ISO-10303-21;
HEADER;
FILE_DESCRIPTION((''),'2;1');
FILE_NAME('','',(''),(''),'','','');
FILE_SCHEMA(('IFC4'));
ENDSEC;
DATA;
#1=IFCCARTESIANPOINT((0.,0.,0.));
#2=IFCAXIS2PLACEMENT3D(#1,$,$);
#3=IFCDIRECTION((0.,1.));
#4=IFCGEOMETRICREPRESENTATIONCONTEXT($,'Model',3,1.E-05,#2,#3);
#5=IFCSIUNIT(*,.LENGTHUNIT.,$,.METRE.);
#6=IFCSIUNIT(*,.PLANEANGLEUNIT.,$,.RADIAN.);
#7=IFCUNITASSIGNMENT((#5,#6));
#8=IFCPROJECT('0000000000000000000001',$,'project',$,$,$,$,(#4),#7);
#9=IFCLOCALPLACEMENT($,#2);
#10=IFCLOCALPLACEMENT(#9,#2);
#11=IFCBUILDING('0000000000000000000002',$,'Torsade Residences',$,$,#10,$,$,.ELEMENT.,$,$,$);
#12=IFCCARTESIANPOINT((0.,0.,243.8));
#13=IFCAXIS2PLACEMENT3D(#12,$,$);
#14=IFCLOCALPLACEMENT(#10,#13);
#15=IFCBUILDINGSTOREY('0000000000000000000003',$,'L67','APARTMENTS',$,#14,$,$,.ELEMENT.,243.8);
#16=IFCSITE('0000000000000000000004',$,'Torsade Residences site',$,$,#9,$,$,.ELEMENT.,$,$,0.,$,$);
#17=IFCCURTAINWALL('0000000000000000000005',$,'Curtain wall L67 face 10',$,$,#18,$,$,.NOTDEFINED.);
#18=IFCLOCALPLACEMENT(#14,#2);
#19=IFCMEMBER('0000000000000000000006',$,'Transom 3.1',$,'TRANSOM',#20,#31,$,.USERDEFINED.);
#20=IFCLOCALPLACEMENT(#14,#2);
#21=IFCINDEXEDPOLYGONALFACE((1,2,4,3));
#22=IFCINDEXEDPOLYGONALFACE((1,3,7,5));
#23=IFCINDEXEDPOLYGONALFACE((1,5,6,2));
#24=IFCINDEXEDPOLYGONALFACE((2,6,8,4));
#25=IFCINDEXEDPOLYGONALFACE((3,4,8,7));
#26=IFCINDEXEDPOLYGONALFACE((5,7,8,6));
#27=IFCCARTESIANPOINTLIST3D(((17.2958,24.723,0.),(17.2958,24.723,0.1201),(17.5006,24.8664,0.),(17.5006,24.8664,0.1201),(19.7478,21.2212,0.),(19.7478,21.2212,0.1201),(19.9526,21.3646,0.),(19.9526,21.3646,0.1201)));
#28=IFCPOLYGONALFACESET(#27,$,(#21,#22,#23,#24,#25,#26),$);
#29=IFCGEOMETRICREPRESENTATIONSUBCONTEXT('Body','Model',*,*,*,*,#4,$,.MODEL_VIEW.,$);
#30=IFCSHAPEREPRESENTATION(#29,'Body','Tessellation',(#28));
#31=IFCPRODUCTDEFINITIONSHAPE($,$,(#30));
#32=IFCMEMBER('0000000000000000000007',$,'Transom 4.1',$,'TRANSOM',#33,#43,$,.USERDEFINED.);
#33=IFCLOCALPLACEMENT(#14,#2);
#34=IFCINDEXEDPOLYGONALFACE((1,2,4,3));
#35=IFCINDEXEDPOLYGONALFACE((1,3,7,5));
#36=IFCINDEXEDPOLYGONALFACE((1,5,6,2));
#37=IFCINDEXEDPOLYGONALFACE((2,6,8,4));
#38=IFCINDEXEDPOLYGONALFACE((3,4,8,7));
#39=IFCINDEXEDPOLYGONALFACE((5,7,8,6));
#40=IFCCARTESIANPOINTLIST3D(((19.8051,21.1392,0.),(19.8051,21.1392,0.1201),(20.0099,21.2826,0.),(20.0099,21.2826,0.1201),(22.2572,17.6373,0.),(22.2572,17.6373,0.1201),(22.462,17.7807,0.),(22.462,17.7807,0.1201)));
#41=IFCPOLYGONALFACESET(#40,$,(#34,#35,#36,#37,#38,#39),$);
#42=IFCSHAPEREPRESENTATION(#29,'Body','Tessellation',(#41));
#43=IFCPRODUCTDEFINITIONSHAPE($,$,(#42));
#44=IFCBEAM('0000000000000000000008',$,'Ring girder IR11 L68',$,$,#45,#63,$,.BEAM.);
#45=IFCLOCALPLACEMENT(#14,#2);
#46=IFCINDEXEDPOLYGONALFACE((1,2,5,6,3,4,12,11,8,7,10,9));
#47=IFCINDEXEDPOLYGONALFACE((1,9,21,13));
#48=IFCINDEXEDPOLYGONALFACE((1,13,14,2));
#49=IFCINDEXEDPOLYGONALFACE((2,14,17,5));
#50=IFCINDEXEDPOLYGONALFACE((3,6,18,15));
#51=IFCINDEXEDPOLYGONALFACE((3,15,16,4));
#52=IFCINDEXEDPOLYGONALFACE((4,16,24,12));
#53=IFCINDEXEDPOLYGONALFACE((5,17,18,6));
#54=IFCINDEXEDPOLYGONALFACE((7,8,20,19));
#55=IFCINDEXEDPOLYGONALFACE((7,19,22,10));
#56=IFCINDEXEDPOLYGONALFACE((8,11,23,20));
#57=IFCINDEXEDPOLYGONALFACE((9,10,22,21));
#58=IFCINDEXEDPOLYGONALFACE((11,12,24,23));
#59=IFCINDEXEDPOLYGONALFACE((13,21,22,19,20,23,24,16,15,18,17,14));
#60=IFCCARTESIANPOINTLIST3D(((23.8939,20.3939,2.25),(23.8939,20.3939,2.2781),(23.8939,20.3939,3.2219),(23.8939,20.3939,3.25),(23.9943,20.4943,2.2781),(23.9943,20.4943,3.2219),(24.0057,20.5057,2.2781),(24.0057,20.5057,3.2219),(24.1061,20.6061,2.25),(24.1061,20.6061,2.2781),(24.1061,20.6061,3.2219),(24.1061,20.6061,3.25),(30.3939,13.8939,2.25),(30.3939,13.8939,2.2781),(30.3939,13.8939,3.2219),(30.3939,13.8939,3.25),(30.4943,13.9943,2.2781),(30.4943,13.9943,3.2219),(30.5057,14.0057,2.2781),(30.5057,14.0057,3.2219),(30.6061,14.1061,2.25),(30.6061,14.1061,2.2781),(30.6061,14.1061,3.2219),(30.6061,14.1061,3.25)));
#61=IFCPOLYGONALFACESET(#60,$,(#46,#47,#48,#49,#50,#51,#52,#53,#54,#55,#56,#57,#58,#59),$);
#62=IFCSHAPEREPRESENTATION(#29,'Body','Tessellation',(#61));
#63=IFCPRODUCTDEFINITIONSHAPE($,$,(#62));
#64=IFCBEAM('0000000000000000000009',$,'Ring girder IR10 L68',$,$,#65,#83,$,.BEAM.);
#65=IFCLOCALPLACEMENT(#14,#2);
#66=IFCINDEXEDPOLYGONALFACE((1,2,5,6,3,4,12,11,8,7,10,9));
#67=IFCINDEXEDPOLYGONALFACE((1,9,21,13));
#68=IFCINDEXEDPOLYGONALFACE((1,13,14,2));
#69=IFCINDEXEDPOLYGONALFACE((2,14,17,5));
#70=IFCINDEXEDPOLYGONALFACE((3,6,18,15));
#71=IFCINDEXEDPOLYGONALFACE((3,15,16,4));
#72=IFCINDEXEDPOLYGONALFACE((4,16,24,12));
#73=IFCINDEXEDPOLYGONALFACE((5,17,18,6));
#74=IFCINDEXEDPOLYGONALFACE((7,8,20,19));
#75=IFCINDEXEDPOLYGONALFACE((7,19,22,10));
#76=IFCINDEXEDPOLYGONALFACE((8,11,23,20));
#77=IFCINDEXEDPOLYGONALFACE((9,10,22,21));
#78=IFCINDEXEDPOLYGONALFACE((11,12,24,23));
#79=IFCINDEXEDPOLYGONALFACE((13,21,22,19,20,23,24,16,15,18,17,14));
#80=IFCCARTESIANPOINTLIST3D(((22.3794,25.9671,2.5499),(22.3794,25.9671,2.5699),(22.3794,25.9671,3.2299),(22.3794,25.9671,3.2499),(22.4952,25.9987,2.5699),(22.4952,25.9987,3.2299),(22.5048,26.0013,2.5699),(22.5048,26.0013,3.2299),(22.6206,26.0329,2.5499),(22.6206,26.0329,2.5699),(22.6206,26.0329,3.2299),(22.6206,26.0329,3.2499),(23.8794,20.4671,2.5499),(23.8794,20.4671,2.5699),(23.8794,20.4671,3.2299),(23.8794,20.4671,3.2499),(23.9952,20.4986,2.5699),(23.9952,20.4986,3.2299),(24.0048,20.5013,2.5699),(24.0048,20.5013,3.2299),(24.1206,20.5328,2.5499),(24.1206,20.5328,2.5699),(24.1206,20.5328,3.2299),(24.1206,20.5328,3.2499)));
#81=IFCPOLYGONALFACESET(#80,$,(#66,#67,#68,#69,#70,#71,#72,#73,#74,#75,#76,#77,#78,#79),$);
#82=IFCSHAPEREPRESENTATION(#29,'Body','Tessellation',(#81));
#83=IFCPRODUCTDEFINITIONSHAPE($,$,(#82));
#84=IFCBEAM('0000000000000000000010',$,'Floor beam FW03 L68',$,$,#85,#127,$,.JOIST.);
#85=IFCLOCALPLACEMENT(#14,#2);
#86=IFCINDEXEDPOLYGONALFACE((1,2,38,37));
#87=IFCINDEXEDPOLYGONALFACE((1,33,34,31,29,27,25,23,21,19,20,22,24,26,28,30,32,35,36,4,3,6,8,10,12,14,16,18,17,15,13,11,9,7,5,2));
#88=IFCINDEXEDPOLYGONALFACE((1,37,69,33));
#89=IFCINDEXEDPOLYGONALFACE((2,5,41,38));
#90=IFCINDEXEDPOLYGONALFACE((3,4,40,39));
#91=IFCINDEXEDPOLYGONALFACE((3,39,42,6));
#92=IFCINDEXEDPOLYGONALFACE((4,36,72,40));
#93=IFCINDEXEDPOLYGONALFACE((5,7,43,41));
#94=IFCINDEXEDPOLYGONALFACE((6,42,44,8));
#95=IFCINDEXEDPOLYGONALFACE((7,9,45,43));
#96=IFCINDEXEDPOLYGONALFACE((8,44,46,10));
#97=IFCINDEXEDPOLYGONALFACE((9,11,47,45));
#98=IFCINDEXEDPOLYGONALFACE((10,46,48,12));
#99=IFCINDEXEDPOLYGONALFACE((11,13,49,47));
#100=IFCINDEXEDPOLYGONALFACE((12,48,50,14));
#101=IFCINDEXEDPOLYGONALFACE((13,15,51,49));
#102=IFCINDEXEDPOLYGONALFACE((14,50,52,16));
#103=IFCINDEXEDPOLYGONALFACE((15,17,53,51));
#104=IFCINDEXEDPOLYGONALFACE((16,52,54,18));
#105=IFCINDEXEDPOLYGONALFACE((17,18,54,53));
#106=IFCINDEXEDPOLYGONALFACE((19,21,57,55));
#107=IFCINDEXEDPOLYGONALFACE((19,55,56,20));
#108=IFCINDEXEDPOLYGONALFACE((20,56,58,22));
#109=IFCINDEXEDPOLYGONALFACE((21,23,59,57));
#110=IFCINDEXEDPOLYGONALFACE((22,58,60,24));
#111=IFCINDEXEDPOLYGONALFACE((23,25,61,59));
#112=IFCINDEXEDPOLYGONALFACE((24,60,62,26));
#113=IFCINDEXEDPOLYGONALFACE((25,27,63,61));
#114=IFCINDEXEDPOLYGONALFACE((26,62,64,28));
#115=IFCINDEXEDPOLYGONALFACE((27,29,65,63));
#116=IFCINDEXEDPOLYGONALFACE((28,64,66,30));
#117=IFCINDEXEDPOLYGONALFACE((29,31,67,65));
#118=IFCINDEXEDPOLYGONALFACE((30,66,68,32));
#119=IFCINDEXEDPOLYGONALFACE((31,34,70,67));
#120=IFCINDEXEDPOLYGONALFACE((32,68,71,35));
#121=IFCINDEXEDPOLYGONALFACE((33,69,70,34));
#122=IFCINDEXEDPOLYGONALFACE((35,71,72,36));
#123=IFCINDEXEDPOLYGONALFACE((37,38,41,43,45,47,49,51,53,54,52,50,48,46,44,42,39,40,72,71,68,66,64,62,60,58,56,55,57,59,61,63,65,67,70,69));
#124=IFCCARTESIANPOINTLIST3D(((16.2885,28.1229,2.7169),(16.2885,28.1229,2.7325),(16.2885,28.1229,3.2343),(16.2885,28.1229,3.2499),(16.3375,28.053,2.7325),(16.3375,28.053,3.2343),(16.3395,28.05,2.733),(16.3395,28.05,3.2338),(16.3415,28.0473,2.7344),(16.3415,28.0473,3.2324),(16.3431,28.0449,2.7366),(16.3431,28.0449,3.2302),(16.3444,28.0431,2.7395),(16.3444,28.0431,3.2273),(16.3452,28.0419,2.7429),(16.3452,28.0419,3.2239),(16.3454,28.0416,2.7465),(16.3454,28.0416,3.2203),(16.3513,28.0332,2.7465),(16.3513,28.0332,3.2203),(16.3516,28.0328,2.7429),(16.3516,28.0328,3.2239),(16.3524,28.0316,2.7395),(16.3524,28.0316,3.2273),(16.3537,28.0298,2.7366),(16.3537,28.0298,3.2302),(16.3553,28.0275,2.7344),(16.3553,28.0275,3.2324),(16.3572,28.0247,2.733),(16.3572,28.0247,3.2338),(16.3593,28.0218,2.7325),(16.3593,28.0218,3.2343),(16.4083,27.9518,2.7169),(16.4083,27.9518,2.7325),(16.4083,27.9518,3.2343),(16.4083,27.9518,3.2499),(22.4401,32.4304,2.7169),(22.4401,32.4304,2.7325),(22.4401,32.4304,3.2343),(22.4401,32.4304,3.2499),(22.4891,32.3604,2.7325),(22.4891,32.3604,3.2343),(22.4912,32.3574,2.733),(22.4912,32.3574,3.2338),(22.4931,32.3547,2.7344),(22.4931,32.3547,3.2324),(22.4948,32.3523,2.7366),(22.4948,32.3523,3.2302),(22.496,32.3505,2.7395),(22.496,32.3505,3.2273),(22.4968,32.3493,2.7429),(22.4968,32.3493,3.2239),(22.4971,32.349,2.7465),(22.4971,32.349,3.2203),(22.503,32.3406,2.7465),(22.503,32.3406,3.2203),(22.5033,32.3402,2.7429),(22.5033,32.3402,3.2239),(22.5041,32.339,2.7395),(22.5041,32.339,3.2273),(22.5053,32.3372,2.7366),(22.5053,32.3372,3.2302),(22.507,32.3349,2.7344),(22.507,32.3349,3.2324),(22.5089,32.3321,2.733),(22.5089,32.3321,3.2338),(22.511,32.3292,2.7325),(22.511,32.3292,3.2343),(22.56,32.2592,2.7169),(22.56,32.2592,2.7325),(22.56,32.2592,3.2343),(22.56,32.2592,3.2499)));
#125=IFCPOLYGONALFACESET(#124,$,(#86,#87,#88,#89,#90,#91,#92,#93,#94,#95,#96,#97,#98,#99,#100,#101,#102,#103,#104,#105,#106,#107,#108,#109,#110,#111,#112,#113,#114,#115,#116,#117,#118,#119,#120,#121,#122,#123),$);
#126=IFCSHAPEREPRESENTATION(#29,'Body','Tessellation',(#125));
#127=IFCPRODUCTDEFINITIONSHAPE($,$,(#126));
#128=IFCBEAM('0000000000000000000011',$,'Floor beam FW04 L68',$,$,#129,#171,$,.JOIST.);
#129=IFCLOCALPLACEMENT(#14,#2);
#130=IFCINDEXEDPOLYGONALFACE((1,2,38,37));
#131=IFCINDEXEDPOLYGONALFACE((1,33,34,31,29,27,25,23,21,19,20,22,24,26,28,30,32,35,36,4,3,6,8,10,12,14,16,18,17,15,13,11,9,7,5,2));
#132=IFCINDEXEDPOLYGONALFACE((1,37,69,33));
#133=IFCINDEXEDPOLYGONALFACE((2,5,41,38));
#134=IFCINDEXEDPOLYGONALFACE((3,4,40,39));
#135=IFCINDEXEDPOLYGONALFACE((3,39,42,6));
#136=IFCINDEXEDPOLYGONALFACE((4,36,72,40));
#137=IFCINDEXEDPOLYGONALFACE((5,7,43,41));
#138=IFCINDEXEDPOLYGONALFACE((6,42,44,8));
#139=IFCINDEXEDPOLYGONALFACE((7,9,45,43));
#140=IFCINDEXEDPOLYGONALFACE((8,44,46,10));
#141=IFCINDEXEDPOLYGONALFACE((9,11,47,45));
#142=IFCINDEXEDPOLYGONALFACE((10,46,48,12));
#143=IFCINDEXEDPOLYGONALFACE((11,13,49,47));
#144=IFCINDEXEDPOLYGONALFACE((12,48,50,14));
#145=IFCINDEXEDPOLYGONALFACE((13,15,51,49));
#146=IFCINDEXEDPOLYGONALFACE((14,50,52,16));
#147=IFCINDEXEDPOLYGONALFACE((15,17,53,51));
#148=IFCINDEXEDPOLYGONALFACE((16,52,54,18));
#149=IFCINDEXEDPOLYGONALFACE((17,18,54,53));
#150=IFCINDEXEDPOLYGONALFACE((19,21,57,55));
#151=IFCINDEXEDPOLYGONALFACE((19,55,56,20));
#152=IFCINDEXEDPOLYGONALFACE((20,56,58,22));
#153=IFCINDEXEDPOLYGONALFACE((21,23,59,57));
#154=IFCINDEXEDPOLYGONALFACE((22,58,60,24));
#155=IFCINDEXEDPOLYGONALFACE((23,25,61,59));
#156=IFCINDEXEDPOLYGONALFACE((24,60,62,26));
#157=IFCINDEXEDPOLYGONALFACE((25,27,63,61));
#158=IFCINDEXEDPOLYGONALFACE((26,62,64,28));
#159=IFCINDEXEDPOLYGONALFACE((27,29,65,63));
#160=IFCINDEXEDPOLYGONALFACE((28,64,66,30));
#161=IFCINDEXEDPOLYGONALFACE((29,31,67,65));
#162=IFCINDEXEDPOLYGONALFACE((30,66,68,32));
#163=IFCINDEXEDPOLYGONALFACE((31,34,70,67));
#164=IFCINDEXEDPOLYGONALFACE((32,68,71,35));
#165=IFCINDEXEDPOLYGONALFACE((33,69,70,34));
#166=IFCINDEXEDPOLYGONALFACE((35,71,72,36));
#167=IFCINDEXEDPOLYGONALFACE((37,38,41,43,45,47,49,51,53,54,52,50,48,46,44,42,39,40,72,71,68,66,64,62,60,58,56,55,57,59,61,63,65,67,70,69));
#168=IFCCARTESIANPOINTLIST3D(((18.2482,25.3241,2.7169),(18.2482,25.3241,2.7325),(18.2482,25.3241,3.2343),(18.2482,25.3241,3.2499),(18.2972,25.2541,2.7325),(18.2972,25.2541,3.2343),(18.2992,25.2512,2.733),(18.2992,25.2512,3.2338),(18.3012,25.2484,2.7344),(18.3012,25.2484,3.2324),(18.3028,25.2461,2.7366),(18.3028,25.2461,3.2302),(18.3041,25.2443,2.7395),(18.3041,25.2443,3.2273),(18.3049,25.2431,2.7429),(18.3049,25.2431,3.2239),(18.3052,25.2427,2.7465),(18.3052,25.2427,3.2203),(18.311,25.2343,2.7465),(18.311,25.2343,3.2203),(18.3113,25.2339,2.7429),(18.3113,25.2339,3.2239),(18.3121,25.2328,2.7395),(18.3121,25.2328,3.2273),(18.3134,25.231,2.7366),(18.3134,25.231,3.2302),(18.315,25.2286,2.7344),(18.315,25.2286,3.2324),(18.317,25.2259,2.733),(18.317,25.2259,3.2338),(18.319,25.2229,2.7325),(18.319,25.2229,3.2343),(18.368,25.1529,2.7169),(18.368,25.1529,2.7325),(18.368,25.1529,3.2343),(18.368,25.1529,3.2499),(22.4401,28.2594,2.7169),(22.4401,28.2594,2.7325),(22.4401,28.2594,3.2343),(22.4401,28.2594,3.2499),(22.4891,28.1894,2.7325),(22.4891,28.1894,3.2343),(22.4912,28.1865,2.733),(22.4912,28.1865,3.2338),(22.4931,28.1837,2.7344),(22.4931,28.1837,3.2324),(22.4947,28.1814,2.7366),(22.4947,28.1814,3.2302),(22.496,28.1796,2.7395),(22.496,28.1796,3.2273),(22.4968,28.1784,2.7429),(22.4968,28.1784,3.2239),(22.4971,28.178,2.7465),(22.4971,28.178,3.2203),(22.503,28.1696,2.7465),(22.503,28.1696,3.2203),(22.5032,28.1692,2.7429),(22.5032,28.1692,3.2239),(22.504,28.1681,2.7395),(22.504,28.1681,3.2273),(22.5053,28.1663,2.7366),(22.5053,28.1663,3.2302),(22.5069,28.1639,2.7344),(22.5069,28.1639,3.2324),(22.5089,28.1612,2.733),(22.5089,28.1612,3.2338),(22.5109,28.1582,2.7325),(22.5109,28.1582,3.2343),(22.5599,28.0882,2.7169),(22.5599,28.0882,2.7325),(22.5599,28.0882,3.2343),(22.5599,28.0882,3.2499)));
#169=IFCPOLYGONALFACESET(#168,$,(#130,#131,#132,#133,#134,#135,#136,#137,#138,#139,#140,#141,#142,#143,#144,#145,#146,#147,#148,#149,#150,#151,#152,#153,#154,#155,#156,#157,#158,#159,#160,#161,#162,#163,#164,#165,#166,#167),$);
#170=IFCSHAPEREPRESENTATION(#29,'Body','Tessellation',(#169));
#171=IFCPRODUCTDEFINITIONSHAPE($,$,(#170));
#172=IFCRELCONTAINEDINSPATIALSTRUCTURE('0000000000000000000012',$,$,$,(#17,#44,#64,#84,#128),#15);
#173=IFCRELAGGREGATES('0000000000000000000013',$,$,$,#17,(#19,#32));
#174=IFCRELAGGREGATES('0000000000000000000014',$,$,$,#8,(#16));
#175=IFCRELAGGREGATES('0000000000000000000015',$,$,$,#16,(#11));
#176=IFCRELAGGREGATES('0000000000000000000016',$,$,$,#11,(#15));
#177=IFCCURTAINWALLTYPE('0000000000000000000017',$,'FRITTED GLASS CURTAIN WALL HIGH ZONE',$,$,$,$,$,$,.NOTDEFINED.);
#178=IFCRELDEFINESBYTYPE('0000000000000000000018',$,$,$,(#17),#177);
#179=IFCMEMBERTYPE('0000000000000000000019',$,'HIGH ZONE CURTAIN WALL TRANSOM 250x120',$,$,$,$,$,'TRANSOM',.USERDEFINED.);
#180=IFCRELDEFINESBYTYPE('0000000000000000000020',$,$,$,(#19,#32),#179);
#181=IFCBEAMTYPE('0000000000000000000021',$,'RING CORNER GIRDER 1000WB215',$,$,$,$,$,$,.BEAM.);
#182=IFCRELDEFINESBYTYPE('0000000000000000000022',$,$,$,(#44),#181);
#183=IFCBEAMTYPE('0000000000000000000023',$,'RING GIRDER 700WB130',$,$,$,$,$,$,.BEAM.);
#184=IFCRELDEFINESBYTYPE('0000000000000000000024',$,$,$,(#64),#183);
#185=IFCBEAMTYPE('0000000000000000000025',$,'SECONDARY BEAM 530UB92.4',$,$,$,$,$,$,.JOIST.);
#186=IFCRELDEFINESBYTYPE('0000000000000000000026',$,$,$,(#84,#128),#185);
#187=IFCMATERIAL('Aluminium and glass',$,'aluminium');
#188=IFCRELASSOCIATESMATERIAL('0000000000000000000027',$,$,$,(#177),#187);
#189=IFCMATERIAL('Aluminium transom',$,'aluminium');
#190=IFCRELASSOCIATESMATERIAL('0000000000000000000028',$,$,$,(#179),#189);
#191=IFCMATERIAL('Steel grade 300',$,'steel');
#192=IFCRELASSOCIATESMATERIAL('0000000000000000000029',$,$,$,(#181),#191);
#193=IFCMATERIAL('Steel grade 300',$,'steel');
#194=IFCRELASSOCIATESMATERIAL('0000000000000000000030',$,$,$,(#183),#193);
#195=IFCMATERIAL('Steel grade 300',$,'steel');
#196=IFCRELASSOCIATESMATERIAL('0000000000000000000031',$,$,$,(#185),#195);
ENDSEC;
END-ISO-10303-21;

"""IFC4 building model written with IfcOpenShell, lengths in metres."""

from ifc_helpers import new_model, si_unit, direction, frame, origin, origin_2d, place, context, subcontext, project, spatial, rectangle, i_section, extrude, material, material_profile, profile_set, type_object, element, aggregate, save


model = new_model("IFC4")

# Units and contexts
model_context = context("Model", 3, precision=1e-05, world=origin(), true_north=direction((0.0, 1.0)))
body_context = subcontext(model_context, "Body", "Model", "MODEL_VIEW")
ifc_project = project(units=[si_unit("LENGTHUNIT", "METRE"), si_unit("PLANEANGLEUNIT", "RADIAN")], contexts=[model_context])

# Site, building, storey
site_placement = place(None, origin())
site = spatial("IfcSite", under=ifc_project, at=site_placement, Name="Torsade Residences site", CompositionType="ELEMENT", RefElevation=0.0)
building_placement = place(site_placement, origin())
building = spatial("IfcBuilding", under=site, at=building_placement, Name="Torsade Residences", CompositionType="ELEMENT")
storey_placement = place(building_placement, frame((0.0, 0.0, 243.8)))
storey = spatial("IfcBuildingStorey", under=building, at=storey_placement, Name="L67", Description="APARTMENTS", CompositionType="ELEMENT", Elevation=243.8)

# Curtain wall, members
ifc_material_1 = material(Name="Aluminium and glass", Category="aluminium")
curtain_wall_type = type_object("IfcCurtainWallType", Name="FRITTED GLASS CURTAIN WALL HIGH ZONE", PredefinedType="NOTDEFINED", material=ifc_material_1)
curtain_wall_placement = place(storey_placement, origin())
curtain_wall = element("IfcCurtainWall", 1, at=curtain_wall_placement, inside=storey, type_object=curtain_wall_type, Name="Curtain wall L67 face 10", PredefinedType="NOTDEFINED")
ifc_material_2 = material(Name="Aluminium transom", Category="aluminium")
ifc_material_profile_1 = material_profile(ifc_material_2, rectangle(XDim=0.25, YDim=0.1201, at=origin_2d()), Name="HIGH ZONE CURTAIN WALL TRANSOM 250x120")
ifc_profile_set_1 = profile_set([ifc_material_profile_1], Name="Aluminium transom")
member_type_1 = type_object("IfcMemberType", Name="HIGH ZONE CURTAIN WALL TRANSOM 250x120", ElementType="TRANSOM", PredefinedType="USERDEFINED", material=ifc_profile_set_1)
member_1_placement = place(storey_placement, frame((17.3982, 24.7947, 0.0601), z_axis=(0.573573, -0.819154, 0.0), x_axis=(0.819154, 0.573573, 0.0)))
member_1 = element("IfcMember", 2, at=member_1_placement, type_object=member_type_1, Name="Transom 3.1", ObjectType="TRANSOM", PredefinedType="USERDEFINED", context=body_context, shape_type="SweptSolid", body=[
    extrude(rectangle(XDim=0.25, YDim=0.1201, at=origin_2d()), origin(), (0.0, 0.0, 1.0), 4.2749),
])
member_2_placement = place(storey_placement, frame((19.9075, 21.2109, 0.0601), z_axis=(0.573585, -0.819146, 0.0), x_axis=(0.819146, 0.573585, 0.0)))
member_2 = element("IfcMember", 3, at=member_2_placement, type_object=member_type_1, Name="Transom 4.1", ObjectType="TRANSOM", PredefinedType="USERDEFINED", context=body_context, shape_type="SweptSolid", body=[
    extrude(rectangle(XDim=0.25, YDim=0.1201, at=origin_2d()), origin(), (0.0, 0.0, 1.0), 4.2751),
])

# Beams
ifc_material_3 = material(Name="Steel grade 300", Category="steel")
ifc_material_profile_2 = material_profile(ifc_material_3, i_section(OverallWidth=0.3, OverallDepth=1.0, WebThickness=0.0161, FlangeThickness=0.0281, at=origin_2d()), Name="1000WB215")
ifc_profile_set_2 = profile_set([ifc_material_profile_2], Name="Steel grade 300")
beam_type_1 = type_object("IfcBeamType", Name="RING CORNER GIRDER 1000WB215", PredefinedType="BEAM", material=ifc_profile_set_2)
beam_1_placement = place(storey_placement, frame((24.0, 20.5, 2.75), z_axis=(0.707107, -0.707107, 0.0), x_axis=(0.707107, 0.707107, 0.0)))
element("IfcBeam", 4, at=beam_1_placement, inside=storey, type_object=beam_type_1, Name="Ring girder IR11 L68", PredefinedType="BEAM", context=body_context, shape_type="SweptSolid", body=[
    extrude(i_section(OverallWidth=0.3, OverallDepth=1.0, WebThickness=0.0161, FlangeThickness=0.0281, at=origin_2d()), origin(), (0.0, 0.0, 1.0), 9.1924),
])
ifc_material_4 = material(Name="Steel grade 300", Category="steel")
ifc_material_profile_3 = material_profile(ifc_material_4, i_section(OverallWidth=0.25, OverallDepth=0.7, WebThickness=0.01, FlangeThickness=0.02, at=origin_2d()), Name="700WB130")
ifc_profile_set_3 = profile_set([ifc_material_profile_3], Name="Steel grade 300")
beam_type_2 = type_object("IfcBeamType", Name="RING GIRDER 700WB130", PredefinedType="BEAM", material=ifc_profile_set_3)
beam_2_placement = place(storey_placement, frame((22.5, 26.0, 2.8999), z_axis=(0.263117, -0.964764, 0.0), x_axis=(0.964764, 0.263117, 0.0)))
element("IfcBeam", 5, at=beam_2_placement, inside=storey, type_object=beam_type_2, Name="Ring girder IR10 L68", PredefinedType="BEAM", context=body_context, shape_type="SweptSolid", body=[
    extrude(i_section(OverallWidth=0.25, OverallDepth=0.7, WebThickness=0.01, FlangeThickness=0.02, at=origin_2d()), origin(), (0.0, 0.0, 1.0), 5.7009),
])
ifc_material_5 = material(Name="Steel grade 300", Category="steel")
ifc_material_profile_4 = material_profile(ifc_material_5, i_section(OverallWidth=0.209, OverallDepth=0.533, WebThickness=0.0103, FlangeThickness=0.0156, FilletRadius=0.0139, at=origin_2d()), Name="530UB92.4")
ifc_profile_set_4 = profile_set([ifc_material_profile_4], Name="Steel grade 300")
beam_type_3 = type_object("IfcBeamType", Name="SECONDARY BEAM 530UB92.4", PredefinedType="JOIST", material=ifc_profile_set_4)
beam_3_placement = place(storey_placement, frame((16.3484, 28.0374, 2.9834), z_axis=(0.819154, 0.573574, 0.0), x_axis=(-0.573574, 0.819154, 0.0)))
element("IfcBeam", 6, at=beam_3_placement, inside=storey, type_object=beam_type_3, Name="Floor beam FW03 L68", PredefinedType="JOIST", context=body_context, shape_type="SweptSolid", body=[
    extrude(i_section(OverallWidth=0.209, OverallDepth=0.533, WebThickness=0.0103, FlangeThickness=0.0156, FilletRadius=0.0139, at=origin_2d()), origin(), (0.0, 0.0, 1.0), 7.5098),
])
beam_4_placement = place(storey_placement, frame((18.3081, 25.2385, 2.9834), z_axis=(0.819142, 0.57359, 0.0), x_axis=(-0.57359, 0.819142, 0.0)))
element("IfcBeam", 7, at=beam_4_placement, inside=storey, type_object=beam_type_3, Name="Floor beam FW04 L68", PredefinedType="JOIST", context=body_context, shape_type="SweptSolid", body=[
    extrude(i_section(OverallWidth=0.209, OverallDepth=0.533, WebThickness=0.0103, FlangeThickness=0.0156, FilletRadius=0.0139, at=origin_2d()), origin(), (0.0, 0.0, 1.0), 5.1174),
])

aggregate(curtain_wall, [member_1, member_2])

save(model, "model.ifc")
